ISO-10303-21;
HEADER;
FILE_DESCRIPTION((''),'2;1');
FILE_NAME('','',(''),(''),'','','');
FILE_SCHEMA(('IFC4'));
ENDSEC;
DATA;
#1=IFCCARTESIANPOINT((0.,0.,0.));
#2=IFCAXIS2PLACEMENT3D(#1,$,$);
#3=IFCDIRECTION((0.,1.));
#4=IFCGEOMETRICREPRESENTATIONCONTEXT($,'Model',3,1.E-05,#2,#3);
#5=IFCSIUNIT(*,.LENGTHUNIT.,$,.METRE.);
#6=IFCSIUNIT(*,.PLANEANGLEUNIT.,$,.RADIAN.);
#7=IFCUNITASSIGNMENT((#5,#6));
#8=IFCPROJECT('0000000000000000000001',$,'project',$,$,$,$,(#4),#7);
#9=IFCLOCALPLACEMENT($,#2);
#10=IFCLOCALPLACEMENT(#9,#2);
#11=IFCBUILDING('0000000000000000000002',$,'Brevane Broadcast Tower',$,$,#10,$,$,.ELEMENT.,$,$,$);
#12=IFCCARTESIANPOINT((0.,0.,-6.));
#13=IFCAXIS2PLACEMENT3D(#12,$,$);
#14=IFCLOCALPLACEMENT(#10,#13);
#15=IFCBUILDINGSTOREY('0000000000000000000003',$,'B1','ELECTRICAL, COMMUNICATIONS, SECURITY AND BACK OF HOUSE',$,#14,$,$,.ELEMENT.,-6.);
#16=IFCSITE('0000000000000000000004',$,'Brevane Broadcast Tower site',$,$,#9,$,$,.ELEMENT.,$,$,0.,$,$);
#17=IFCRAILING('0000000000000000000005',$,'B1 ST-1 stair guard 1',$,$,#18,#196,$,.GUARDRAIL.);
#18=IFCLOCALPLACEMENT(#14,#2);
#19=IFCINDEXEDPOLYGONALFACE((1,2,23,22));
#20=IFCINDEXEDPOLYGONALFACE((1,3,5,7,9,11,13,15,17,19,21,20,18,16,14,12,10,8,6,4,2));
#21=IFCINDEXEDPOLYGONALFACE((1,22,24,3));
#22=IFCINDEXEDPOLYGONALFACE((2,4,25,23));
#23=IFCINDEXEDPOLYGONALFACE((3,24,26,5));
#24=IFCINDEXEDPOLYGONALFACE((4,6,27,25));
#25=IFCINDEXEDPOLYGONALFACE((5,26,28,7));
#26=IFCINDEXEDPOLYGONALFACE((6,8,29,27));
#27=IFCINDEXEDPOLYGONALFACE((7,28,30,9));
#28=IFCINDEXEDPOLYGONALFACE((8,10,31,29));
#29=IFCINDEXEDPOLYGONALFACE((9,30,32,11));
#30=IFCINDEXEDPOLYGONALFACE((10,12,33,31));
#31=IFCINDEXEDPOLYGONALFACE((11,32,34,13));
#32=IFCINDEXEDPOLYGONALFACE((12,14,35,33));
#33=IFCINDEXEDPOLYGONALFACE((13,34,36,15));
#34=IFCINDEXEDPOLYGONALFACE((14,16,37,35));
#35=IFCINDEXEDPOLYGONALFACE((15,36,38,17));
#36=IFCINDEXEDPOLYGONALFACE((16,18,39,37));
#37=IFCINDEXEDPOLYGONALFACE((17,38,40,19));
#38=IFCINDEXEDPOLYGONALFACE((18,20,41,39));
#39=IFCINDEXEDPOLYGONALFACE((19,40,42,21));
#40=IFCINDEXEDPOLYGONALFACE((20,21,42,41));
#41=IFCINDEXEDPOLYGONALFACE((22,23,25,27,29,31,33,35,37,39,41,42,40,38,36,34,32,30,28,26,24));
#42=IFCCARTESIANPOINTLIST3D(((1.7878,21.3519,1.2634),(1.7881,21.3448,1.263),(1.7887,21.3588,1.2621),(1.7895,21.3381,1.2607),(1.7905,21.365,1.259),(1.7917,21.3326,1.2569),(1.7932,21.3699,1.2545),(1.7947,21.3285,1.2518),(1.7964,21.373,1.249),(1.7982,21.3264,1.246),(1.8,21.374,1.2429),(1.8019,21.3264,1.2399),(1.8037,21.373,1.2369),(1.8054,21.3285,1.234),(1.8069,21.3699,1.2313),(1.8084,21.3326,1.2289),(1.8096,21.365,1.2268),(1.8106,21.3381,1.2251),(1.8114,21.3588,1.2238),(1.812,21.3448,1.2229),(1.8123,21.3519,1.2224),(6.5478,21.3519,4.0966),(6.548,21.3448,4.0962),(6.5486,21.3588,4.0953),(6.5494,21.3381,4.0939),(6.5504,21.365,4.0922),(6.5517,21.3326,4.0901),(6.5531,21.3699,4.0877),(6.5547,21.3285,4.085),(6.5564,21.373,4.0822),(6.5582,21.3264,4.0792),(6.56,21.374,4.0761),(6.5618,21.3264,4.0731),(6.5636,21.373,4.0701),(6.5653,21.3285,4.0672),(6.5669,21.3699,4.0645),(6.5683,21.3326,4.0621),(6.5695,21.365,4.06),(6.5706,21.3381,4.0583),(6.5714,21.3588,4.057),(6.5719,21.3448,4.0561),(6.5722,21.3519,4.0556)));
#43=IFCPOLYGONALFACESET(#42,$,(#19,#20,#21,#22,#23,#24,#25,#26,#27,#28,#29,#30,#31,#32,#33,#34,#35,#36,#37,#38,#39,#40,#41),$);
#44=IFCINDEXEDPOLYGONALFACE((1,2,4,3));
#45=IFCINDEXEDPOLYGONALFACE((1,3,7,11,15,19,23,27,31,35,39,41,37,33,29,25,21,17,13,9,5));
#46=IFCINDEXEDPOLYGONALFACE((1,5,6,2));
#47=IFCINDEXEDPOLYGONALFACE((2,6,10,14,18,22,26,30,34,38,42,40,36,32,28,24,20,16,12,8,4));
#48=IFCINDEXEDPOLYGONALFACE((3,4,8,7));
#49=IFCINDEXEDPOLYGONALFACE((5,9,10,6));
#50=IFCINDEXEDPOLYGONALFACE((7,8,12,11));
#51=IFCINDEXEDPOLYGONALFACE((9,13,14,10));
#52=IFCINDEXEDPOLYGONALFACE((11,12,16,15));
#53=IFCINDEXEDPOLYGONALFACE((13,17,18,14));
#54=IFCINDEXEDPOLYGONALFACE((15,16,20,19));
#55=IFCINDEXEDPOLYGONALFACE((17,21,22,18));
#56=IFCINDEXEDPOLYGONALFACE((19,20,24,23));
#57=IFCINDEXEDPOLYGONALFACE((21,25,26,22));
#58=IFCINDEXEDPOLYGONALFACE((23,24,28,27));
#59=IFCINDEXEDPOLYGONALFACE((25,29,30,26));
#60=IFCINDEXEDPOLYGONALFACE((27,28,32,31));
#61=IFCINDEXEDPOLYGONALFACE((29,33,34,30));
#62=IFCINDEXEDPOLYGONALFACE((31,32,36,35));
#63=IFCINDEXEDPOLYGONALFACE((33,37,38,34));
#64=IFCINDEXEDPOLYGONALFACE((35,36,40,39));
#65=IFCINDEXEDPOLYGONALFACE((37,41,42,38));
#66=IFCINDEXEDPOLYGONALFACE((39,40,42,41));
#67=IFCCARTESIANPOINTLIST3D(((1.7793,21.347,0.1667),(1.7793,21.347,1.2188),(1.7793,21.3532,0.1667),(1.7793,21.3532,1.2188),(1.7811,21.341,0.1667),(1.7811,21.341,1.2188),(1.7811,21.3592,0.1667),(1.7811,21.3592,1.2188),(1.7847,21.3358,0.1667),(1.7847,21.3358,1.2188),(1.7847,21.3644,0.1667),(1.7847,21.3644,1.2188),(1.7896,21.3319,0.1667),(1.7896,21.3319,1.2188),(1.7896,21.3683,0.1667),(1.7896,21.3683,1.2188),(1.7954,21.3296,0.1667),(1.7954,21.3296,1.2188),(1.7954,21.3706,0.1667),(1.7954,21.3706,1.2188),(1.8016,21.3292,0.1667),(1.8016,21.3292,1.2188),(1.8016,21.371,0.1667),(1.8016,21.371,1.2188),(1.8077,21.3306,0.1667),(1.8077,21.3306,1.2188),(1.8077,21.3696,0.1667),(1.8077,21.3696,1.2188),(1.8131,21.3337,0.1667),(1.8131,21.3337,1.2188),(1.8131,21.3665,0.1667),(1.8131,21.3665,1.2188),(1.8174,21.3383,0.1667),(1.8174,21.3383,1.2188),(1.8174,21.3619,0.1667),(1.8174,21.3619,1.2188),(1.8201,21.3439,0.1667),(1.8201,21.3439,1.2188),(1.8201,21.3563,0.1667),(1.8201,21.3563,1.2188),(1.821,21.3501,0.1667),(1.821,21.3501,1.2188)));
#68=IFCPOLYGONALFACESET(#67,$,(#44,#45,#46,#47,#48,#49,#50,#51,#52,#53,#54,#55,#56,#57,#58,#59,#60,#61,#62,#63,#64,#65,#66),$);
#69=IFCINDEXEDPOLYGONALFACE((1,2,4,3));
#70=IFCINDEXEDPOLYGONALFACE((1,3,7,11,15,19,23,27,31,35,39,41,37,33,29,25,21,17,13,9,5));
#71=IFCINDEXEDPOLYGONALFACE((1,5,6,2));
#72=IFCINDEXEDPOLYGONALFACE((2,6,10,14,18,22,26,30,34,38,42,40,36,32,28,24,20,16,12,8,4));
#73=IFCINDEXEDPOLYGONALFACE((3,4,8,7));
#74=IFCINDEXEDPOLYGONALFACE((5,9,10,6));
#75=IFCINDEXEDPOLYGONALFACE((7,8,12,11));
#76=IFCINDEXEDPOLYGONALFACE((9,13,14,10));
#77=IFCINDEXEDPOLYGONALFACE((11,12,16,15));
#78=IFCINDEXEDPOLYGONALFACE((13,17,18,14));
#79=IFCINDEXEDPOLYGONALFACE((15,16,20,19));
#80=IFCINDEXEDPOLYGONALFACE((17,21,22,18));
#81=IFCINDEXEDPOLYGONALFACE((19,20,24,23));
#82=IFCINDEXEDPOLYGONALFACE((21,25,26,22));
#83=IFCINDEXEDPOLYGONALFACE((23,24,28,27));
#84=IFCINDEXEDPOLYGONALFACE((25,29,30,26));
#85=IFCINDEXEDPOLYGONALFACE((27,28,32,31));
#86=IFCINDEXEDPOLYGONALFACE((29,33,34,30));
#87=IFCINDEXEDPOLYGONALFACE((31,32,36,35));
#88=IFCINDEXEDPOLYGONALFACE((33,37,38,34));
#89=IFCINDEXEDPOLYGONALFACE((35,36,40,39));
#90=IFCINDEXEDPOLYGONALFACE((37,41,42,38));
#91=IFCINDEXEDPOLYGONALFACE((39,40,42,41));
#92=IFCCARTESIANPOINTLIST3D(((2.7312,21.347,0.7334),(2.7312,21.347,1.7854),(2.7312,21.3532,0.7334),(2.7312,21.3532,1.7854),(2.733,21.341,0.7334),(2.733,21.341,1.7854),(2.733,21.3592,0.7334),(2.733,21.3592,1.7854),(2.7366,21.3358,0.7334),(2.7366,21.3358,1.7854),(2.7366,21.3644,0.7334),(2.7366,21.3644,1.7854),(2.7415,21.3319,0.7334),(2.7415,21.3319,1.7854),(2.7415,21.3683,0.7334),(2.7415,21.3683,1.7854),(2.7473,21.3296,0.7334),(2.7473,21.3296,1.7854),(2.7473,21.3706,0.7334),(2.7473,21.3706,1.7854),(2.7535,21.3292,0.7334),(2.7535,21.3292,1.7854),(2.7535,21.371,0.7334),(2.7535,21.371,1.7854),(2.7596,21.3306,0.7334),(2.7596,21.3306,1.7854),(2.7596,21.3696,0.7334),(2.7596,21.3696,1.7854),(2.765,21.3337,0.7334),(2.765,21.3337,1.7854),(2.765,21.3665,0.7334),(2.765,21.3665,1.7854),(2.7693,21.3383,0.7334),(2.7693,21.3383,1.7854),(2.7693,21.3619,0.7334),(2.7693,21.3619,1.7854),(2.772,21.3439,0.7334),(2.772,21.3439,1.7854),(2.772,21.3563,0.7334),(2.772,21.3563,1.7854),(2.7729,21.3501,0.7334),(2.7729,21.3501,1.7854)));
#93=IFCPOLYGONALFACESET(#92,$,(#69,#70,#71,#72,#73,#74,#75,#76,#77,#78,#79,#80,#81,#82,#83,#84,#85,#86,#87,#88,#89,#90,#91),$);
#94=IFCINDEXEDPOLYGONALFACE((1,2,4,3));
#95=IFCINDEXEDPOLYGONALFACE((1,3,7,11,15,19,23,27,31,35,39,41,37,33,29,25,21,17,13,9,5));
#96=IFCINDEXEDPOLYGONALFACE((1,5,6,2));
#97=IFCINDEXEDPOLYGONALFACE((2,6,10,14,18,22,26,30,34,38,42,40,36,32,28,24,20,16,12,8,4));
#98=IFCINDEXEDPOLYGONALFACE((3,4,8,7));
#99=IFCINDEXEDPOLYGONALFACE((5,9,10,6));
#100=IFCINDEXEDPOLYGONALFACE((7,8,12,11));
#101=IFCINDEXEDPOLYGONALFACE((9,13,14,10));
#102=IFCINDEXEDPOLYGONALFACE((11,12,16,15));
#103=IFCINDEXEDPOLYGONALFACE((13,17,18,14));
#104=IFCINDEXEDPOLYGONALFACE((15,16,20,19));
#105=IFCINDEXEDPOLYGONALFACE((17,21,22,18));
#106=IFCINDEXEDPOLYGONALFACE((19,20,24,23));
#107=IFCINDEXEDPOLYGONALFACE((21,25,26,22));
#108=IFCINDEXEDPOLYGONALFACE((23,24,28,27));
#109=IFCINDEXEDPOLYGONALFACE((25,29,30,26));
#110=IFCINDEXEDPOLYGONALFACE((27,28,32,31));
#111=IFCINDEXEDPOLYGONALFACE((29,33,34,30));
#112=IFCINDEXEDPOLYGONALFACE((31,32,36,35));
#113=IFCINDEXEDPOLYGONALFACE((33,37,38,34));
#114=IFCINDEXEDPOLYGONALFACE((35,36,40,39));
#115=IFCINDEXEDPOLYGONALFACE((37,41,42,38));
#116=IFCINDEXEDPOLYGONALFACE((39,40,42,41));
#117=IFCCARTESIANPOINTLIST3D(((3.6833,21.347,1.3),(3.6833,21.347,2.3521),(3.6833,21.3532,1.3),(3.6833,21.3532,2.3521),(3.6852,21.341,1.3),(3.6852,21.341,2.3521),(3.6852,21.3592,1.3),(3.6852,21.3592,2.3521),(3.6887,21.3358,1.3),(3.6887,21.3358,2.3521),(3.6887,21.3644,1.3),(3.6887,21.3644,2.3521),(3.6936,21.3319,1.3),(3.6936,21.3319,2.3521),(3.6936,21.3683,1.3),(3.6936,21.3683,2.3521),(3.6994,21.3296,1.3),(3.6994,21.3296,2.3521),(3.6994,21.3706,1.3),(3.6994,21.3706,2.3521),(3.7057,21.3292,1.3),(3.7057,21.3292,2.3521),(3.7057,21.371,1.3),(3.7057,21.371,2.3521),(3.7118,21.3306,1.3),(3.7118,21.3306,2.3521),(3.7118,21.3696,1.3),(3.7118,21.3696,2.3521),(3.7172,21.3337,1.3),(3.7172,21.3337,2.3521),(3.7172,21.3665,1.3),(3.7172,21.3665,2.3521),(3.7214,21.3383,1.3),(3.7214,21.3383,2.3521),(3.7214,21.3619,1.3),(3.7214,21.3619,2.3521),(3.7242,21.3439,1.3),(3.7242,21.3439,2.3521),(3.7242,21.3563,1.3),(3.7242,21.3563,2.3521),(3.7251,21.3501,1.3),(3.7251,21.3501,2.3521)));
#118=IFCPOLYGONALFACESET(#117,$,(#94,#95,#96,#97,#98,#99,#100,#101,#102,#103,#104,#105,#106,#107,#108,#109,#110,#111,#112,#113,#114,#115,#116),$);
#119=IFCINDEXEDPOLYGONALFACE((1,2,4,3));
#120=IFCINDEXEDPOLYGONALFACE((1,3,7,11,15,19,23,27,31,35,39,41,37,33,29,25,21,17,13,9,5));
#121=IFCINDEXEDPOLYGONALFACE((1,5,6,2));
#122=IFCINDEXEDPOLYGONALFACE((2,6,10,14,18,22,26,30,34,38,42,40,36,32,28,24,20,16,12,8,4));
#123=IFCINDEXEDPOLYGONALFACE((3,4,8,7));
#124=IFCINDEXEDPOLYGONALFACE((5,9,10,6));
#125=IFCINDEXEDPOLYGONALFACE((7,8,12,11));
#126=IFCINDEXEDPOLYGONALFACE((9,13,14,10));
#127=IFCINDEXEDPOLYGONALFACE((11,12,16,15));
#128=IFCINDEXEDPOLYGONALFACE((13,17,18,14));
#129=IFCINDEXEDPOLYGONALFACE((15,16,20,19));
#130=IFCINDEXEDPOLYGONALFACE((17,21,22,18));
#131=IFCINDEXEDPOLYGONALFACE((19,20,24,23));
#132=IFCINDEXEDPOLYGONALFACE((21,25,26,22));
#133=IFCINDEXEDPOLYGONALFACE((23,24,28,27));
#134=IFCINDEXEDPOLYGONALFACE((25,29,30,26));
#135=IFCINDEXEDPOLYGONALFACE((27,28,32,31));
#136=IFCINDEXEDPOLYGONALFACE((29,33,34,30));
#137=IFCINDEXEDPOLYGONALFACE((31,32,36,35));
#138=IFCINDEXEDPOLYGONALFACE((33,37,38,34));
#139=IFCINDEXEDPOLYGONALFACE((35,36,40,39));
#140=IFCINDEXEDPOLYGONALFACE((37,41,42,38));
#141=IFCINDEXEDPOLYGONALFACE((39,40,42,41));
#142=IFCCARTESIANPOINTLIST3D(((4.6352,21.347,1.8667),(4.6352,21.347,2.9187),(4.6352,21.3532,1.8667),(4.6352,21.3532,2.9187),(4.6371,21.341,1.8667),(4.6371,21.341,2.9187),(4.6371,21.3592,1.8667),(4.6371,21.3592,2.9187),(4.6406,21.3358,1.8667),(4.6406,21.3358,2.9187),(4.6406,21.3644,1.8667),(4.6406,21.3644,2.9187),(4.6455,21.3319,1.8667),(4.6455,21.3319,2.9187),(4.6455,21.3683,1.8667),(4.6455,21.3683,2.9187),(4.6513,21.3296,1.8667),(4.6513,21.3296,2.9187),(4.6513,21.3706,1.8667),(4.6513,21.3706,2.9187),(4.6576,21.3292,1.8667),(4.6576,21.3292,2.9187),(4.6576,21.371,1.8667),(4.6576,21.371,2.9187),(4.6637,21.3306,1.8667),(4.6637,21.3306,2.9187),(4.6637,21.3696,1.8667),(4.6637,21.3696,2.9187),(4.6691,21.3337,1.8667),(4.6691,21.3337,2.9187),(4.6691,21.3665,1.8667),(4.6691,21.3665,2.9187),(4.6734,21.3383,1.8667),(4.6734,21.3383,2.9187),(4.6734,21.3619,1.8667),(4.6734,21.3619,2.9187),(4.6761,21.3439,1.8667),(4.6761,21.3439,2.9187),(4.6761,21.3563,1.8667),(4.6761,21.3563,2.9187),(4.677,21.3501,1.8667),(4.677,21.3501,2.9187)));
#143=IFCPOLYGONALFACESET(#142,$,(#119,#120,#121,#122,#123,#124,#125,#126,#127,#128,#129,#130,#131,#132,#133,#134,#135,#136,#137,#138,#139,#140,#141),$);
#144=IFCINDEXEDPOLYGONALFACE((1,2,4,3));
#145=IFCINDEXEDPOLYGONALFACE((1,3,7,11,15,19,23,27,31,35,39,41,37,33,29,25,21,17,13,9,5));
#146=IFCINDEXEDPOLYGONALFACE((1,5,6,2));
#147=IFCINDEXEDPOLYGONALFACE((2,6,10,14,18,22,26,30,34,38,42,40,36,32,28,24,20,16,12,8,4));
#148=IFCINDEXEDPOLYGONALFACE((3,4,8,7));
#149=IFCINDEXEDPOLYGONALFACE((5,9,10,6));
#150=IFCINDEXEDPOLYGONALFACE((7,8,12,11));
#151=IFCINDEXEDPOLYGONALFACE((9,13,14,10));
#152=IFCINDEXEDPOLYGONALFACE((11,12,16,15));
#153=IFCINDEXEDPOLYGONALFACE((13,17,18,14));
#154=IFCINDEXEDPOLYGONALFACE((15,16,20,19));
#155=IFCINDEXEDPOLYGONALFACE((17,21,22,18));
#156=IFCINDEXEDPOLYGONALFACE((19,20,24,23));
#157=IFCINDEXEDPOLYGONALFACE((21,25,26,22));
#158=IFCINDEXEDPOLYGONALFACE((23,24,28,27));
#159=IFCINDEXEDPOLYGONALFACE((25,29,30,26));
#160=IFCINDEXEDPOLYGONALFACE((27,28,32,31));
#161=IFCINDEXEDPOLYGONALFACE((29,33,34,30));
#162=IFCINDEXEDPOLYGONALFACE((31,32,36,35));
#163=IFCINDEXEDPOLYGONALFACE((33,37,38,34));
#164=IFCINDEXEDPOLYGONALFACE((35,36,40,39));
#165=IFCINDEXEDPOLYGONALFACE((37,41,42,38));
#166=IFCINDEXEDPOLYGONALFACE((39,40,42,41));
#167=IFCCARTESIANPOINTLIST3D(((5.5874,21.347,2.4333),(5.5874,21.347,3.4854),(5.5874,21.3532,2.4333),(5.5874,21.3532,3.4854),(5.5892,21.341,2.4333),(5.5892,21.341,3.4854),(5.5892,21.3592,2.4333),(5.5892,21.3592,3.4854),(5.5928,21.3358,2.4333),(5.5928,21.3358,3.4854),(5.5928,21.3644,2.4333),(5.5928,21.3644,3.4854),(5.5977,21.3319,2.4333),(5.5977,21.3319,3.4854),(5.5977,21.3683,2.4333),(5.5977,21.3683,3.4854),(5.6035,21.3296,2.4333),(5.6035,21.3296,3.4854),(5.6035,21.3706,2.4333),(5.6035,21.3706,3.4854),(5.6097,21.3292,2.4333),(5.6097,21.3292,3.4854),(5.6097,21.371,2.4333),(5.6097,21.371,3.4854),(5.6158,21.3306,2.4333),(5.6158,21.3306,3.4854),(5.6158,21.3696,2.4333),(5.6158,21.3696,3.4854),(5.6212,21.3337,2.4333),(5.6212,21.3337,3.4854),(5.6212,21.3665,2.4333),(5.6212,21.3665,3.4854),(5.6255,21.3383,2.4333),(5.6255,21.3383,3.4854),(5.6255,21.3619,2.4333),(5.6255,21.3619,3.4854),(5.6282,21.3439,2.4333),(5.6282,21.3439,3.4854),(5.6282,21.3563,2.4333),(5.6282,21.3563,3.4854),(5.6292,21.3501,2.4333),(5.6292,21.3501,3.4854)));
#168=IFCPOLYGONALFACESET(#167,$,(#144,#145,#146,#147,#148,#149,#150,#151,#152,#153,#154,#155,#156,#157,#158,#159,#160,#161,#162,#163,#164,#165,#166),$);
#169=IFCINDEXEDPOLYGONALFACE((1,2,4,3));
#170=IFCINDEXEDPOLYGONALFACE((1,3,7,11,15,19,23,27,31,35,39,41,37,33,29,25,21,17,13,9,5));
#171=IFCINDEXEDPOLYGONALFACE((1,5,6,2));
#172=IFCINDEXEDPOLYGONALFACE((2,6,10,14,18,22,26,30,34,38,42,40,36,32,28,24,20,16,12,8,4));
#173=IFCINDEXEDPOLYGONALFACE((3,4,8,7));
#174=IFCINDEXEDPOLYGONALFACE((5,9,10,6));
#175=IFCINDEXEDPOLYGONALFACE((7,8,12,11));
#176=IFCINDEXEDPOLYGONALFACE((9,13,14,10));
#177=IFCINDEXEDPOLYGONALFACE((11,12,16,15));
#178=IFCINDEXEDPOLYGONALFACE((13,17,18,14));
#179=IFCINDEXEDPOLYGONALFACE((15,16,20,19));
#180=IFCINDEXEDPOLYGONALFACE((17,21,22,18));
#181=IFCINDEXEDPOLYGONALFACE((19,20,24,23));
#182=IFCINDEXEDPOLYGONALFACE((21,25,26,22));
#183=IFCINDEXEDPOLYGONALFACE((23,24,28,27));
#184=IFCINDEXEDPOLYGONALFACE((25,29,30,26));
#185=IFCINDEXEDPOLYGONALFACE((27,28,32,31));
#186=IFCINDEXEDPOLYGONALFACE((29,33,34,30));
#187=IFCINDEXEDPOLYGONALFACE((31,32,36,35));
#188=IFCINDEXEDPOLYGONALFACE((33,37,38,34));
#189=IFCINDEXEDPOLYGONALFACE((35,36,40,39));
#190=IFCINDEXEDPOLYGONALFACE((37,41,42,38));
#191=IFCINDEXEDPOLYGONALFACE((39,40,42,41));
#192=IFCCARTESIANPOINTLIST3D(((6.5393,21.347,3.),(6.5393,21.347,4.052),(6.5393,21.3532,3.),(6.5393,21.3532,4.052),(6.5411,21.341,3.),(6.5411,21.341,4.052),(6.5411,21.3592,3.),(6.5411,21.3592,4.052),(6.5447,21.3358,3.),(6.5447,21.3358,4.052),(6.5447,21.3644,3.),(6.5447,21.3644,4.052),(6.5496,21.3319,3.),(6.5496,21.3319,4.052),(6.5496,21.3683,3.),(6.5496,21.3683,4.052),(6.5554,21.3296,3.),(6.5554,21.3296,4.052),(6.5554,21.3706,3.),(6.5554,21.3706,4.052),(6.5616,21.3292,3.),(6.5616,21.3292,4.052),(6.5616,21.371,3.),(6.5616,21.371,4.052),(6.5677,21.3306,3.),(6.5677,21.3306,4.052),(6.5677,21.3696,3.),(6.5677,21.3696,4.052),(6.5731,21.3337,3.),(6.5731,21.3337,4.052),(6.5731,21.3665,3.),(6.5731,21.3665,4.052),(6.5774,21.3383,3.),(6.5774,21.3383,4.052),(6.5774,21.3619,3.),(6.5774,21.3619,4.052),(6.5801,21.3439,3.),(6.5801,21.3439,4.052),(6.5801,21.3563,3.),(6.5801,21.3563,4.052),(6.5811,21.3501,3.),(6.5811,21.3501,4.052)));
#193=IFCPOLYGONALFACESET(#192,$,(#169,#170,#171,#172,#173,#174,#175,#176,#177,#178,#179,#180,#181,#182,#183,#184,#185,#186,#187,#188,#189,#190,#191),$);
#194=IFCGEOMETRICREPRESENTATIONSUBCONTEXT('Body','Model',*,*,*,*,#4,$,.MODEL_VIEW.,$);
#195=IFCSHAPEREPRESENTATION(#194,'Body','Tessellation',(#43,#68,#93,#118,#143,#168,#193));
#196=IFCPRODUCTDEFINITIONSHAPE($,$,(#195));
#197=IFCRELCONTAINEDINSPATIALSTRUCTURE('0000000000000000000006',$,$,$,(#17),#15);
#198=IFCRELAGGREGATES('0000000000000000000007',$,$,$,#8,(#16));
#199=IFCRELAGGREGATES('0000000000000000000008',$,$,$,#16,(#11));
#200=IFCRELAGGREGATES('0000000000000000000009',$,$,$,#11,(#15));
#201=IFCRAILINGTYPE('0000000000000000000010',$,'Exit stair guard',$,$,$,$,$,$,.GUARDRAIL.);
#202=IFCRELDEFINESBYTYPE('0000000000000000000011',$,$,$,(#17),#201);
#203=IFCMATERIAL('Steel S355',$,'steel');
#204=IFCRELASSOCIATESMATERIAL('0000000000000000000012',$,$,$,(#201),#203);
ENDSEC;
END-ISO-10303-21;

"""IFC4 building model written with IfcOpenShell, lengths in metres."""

from ifc_helpers import new_model, si_unit, direction, frame, origin, origin_2d, place, context, subcontext, project, spatial, circle, extrude, material, type_object, element, save


model = new_model("IFC4")

# Units and contexts
model_context = context("Model", 3, precision=1e-05, world=origin(), true_north=direction((0.0, 1.0)))
body_context = subcontext(model_context, "Body", "Model", "MODEL_VIEW")
ifc_project = project(units=[si_unit("LENGTHUNIT", "METRE"), si_unit("PLANEANGLEUNIT", "RADIAN")], contexts=[model_context])

# Site, building, storey
site_placement = place(None, origin())
site = spatial("IfcSite", under=ifc_project, at=site_placement, Name="Brevane Broadcast Tower site", CompositionType="ELEMENT", RefElevation=0.0)
building_placement = place(site_placement, origin())
building = spatial("IfcBuilding", under=site, at=building_placement, Name="Brevane Broadcast Tower", CompositionType="ELEMENT")
storey_placement = place(building_placement, frame((0.0, 0.0, -6.0)))
storey = spatial("IfcBuildingStorey", under=building, at=storey_placement, Name="B1", Description="ELECTRICAL, COMMUNICATIONS, SECURITY AND BACK OF HOUSE", CompositionType="ELEMENT", Elevation=-6.0)

# Railing
ifc_material_1 = material(Name="Steel S355", Category="steel")
railing_type_1 = type_object("IfcRailingType", Name="Exit stair guard", PredefinedType="GUARDRAIL", material=ifc_material_1)
railing_1_placement = place(storey_placement, frame((1.8, 21.3501, 0.1667)))
element("IfcRailing", 1, at=railing_1_placement, inside=storey, type_object=railing_type_1, Name="B1 ST-1 stair guard 1", PredefinedType="GUARDRAIL", context=body_context, shape_type="SweptSolid", body=[
    extrude(circle(Radius=0.0239, at=origin_2d()), frame((0.0, 0.0, 1.0762), z_axis=(0.8593, 0.0, 0.511472), x_axis=(0.0, 1.0, 0.0)), (0.0, 0.0, 1.0), 5.5393),
    extrude(circle(Radius=0.021, at=origin_2d()), origin(), (0.0, 0.0, 1.0), 1.052),
    extrude(circle(Radius=0.021, at=origin_2d()), frame((0.9519, 0.0, 0.5667)), (0.0, 0.0, 1.0), 1.052),
    extrude(circle(Radius=0.021, at=origin_2d()), frame((1.9041, 0.0, 1.1333)), (0.0, 0.0, 1.0), 1.052),
    extrude(circle(Radius=0.021, at=origin_2d()), frame((2.856, 0.0, 1.7)), (0.0, 0.0, 1.0), 1.052),
    extrude(circle(Radius=0.021, at=origin_2d()), frame((3.8081, 0.0, 2.2666)), (0.0, 0.0, 1.0), 1.052),
    extrude(circle(Radius=0.021, at=origin_2d()), frame((4.76, 0.0, 2.8333)), (0.0, 0.0, 1.0), 1.052),
])

save(model, "model.ifc")
